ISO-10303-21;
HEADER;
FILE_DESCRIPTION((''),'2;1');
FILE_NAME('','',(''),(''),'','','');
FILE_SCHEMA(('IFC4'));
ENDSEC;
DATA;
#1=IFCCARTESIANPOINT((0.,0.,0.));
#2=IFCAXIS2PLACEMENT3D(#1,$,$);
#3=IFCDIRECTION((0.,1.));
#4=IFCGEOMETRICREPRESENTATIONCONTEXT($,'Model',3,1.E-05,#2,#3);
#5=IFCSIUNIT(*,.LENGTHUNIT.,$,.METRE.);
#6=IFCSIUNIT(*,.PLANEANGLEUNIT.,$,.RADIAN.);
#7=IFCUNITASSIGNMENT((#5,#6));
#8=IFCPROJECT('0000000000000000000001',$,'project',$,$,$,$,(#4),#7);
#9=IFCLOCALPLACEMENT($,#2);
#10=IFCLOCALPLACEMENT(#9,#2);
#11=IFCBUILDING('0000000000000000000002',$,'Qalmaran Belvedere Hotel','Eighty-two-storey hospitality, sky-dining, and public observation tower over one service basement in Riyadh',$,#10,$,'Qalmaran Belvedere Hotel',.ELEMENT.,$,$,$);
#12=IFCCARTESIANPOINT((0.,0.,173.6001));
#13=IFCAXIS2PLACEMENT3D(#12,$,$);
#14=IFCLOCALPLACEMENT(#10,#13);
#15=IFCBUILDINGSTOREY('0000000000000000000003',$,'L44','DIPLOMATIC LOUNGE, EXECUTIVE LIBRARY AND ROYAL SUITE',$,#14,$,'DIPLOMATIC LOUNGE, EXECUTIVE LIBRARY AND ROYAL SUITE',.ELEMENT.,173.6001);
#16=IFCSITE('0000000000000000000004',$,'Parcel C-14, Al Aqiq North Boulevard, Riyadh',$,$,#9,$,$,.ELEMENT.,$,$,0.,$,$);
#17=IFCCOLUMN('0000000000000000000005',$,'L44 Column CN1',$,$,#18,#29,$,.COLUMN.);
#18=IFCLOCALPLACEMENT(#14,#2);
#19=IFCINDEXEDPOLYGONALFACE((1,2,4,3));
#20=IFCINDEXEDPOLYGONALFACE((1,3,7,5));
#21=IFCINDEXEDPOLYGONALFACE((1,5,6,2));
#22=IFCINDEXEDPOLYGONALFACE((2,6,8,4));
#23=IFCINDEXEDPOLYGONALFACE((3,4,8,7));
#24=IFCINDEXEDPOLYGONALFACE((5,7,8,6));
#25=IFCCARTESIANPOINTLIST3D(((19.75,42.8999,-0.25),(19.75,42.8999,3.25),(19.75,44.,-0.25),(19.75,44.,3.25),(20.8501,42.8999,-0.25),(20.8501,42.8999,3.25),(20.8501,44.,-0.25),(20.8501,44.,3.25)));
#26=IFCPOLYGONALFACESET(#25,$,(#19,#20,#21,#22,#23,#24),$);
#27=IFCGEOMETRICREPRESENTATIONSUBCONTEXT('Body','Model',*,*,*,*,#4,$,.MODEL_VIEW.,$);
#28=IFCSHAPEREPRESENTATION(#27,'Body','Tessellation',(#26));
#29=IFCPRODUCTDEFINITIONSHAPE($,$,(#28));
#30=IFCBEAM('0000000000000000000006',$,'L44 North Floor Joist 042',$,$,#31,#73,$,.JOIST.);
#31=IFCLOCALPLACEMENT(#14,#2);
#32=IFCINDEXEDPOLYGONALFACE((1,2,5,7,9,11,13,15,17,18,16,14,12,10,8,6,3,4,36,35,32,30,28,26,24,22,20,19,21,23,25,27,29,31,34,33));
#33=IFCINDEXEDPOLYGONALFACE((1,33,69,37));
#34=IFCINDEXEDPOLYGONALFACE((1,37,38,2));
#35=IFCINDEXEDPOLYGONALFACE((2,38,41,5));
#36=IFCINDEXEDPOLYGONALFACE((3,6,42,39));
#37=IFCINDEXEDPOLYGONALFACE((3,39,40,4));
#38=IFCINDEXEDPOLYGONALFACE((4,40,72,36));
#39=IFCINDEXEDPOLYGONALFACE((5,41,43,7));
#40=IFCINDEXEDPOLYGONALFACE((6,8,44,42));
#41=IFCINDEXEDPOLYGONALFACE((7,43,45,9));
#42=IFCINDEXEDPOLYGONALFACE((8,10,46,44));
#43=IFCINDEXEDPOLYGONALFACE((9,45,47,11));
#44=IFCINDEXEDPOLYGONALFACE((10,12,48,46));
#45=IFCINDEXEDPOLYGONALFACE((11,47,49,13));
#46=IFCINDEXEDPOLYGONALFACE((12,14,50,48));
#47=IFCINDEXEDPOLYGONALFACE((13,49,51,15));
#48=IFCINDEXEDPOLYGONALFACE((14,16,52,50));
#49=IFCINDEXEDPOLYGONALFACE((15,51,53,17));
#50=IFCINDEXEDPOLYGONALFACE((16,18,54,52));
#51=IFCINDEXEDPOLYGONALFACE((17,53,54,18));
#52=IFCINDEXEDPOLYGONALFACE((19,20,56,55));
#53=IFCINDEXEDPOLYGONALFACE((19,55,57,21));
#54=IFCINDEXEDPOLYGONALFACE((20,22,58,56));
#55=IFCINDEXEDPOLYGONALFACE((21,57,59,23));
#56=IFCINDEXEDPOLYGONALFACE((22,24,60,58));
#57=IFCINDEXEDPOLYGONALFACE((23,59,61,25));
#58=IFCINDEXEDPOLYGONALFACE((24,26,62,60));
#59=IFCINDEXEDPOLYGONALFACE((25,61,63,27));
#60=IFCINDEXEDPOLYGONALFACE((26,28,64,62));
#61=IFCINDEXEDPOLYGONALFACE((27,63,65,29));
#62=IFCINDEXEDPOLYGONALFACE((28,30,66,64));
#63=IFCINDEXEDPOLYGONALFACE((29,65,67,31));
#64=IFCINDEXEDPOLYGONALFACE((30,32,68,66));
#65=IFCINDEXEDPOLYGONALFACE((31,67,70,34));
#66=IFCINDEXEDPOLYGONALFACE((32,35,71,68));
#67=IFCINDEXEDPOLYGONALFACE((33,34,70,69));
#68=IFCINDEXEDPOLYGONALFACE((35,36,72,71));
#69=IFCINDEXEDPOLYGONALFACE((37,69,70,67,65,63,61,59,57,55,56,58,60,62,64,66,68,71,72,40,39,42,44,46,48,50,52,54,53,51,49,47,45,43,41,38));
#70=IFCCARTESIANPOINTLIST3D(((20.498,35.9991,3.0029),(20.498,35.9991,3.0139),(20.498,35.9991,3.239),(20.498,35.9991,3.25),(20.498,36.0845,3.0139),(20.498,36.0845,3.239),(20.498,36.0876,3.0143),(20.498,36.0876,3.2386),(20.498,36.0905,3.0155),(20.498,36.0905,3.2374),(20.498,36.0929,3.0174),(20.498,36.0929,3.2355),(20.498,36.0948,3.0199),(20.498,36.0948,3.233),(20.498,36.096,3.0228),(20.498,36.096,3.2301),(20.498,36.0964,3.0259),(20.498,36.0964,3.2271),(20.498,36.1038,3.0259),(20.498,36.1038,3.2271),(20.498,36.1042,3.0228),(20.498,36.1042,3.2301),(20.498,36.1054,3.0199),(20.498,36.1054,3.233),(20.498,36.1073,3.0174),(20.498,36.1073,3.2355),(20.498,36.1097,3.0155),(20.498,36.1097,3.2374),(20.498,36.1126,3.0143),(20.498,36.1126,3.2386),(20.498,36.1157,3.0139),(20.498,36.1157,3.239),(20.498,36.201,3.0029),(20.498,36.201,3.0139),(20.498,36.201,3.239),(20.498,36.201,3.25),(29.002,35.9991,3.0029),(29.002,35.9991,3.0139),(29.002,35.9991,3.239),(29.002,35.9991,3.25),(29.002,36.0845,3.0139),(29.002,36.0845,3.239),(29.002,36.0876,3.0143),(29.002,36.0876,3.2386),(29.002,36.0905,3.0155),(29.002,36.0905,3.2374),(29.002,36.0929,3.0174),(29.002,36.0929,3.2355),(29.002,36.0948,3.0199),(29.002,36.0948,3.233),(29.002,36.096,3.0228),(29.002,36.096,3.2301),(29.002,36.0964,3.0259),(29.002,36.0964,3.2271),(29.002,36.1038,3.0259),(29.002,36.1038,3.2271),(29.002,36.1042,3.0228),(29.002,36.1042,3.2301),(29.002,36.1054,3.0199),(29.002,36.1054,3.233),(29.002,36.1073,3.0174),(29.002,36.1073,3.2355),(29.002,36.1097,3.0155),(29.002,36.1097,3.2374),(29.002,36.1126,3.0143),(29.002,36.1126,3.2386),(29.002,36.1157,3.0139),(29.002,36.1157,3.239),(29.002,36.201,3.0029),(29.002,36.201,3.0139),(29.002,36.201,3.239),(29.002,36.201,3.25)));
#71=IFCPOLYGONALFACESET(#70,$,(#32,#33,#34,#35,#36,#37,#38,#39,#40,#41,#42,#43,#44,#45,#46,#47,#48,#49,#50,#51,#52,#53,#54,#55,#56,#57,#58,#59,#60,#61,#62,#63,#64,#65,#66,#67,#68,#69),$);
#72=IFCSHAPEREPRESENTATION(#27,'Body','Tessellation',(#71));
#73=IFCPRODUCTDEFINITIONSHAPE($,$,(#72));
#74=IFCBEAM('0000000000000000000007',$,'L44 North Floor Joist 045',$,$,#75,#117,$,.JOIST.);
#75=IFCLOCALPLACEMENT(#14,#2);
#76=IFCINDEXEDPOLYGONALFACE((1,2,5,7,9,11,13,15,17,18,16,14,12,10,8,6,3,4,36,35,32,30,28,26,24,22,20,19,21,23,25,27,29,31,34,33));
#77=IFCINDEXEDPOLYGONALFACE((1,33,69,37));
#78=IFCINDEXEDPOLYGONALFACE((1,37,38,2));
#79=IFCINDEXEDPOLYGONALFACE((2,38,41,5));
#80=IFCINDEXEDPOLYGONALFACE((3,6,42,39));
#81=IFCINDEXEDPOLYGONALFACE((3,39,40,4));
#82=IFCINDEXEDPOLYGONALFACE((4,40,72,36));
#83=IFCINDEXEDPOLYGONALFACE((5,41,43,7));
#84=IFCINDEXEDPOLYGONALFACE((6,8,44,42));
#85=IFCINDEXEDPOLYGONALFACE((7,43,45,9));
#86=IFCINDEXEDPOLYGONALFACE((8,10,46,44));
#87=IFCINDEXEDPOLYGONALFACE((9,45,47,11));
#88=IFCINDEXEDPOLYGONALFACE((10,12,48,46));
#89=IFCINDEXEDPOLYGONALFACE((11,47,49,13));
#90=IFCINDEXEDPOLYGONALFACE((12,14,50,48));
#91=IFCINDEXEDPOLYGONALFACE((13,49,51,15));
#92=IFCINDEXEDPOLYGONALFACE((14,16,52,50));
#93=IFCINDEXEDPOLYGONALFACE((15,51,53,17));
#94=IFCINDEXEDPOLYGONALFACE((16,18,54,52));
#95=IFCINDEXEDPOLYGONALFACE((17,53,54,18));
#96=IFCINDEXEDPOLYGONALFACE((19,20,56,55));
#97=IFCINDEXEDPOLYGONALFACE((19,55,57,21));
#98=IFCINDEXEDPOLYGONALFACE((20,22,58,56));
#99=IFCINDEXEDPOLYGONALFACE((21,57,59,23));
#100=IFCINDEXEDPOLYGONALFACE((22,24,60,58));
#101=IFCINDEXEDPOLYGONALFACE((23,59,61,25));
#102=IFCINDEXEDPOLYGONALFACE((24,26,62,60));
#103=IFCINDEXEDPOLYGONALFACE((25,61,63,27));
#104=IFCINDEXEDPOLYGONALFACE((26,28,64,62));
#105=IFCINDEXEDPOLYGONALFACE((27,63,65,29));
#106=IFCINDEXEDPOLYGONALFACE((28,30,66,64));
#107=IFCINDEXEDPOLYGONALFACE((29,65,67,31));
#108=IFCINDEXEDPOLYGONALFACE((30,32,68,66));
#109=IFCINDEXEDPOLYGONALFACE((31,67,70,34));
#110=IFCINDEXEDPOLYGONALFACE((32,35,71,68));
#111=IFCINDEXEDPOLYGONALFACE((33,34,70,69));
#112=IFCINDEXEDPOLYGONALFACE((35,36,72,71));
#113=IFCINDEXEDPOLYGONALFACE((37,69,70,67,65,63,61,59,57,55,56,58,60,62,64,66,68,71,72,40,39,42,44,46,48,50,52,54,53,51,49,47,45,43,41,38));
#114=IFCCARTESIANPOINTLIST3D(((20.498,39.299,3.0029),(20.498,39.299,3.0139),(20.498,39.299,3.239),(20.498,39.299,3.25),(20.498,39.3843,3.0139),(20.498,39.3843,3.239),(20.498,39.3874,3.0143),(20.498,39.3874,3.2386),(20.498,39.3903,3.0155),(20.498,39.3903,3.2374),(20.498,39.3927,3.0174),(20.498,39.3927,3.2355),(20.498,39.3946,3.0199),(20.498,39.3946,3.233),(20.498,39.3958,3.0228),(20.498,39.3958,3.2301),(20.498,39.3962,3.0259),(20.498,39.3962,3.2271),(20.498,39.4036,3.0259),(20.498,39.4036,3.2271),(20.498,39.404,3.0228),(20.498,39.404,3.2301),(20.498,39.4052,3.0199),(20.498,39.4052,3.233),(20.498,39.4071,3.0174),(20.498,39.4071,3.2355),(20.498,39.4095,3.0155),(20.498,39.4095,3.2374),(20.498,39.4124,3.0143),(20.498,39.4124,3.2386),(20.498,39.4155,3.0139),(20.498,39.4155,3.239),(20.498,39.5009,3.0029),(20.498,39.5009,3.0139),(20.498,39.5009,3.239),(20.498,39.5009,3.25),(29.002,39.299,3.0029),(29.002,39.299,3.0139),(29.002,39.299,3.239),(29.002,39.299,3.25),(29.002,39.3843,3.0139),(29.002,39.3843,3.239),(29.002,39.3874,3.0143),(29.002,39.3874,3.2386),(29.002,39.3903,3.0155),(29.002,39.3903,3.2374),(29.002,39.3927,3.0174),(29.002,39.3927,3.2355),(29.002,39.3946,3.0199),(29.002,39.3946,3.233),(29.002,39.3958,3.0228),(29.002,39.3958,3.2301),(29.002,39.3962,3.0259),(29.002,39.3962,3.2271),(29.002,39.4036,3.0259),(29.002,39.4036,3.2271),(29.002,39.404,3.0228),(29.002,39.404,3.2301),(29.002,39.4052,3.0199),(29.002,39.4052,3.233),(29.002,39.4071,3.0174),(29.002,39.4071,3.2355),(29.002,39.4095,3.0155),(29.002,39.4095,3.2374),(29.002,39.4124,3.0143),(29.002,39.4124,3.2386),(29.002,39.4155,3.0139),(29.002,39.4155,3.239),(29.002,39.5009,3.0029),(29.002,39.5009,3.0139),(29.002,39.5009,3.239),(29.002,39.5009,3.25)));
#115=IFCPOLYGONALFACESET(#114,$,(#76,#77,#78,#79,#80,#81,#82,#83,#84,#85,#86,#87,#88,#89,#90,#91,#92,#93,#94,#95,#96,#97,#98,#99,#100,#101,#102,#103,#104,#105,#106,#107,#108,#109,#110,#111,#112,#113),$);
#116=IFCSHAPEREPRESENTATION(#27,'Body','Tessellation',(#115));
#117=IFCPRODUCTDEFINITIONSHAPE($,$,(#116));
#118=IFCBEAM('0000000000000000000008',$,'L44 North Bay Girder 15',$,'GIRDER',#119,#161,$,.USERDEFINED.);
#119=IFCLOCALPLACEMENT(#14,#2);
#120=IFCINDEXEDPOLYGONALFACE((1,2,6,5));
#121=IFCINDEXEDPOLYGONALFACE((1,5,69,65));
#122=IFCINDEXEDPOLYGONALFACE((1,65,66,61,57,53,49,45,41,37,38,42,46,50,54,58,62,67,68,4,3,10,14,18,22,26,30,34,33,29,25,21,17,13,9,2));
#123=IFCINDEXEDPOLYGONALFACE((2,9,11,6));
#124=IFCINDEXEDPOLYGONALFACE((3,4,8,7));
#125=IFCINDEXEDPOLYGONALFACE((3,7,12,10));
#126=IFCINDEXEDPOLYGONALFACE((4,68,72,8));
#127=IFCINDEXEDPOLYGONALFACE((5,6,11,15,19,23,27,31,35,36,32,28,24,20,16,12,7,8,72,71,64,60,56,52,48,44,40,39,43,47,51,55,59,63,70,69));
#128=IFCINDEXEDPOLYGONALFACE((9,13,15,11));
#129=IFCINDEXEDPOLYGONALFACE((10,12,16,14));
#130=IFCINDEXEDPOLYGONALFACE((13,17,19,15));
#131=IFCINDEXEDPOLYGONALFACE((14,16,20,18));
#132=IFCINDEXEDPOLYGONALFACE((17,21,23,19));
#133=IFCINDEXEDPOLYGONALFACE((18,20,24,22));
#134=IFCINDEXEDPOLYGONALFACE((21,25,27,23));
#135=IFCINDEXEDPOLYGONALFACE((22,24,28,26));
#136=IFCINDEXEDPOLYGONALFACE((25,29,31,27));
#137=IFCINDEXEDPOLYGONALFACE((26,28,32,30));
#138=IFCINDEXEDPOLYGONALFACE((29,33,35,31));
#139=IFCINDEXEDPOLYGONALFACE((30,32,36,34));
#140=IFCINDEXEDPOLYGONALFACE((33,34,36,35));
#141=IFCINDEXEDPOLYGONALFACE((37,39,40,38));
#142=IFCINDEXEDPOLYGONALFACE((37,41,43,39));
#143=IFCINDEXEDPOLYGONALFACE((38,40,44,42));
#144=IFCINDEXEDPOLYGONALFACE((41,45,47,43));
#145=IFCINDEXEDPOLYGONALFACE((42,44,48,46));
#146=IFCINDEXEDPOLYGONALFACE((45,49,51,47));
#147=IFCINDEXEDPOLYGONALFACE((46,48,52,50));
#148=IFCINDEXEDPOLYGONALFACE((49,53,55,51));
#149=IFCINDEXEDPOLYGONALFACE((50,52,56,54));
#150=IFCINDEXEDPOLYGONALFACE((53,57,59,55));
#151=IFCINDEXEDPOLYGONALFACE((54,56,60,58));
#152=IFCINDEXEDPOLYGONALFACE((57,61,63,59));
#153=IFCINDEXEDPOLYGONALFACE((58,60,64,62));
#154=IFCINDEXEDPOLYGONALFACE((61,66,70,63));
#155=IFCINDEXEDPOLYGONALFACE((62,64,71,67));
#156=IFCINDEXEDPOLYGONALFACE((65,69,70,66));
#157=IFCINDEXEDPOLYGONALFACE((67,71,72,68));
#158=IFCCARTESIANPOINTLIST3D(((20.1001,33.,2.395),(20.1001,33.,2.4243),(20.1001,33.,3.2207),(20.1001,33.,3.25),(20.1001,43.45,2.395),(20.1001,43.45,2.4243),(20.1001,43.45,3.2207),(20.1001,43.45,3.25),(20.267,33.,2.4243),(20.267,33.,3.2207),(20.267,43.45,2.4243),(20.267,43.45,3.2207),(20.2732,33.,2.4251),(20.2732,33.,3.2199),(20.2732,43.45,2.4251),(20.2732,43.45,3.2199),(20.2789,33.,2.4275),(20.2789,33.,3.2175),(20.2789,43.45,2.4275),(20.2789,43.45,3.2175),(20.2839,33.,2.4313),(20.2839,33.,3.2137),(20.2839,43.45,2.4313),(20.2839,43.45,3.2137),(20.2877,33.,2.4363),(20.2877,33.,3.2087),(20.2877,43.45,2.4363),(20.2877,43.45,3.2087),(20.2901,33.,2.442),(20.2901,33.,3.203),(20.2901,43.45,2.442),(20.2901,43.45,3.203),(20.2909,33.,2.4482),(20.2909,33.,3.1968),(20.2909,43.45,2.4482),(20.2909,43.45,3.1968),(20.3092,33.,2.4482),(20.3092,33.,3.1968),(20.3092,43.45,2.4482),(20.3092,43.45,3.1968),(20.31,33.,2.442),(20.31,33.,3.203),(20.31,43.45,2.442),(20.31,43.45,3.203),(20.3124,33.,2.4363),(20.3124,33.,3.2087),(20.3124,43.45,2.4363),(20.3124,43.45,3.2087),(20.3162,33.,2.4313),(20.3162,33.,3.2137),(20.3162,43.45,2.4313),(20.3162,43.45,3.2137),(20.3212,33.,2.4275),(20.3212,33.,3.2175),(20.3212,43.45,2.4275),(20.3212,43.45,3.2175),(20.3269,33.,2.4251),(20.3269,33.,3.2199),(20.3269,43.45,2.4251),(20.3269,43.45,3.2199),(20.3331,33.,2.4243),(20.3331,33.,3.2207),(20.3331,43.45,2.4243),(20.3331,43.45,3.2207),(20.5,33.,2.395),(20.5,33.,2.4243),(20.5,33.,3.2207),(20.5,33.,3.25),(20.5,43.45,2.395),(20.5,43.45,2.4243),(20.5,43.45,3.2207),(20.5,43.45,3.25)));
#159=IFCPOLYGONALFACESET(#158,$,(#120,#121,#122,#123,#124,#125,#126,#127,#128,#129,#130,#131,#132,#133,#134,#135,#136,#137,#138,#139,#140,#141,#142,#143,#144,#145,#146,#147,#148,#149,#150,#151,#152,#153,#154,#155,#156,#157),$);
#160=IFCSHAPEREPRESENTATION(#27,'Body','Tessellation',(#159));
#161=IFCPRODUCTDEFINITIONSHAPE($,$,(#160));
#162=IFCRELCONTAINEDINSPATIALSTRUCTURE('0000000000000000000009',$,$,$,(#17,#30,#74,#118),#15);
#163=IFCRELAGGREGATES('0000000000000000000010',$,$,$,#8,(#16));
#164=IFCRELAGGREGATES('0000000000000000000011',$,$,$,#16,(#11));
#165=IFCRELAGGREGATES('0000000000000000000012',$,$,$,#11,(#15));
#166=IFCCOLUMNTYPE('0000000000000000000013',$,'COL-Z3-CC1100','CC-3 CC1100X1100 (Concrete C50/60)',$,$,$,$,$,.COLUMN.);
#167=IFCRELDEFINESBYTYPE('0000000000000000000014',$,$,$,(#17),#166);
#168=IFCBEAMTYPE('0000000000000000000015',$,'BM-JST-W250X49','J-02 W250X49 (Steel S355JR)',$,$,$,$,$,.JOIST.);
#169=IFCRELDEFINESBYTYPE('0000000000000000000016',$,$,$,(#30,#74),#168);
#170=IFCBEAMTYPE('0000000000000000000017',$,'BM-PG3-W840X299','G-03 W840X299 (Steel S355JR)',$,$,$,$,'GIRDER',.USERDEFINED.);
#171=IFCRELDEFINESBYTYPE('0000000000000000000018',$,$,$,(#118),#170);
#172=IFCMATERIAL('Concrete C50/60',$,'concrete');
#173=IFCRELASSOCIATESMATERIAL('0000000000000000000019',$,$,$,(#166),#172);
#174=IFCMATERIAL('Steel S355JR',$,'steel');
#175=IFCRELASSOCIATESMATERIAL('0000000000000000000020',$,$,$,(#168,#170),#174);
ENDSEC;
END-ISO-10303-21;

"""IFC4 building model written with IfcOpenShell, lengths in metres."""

from ifc_helpers import new_model, si_unit, direction, frame, origin, origin_2d, place, context, subcontext, project, spatial, rectangle, i_section, extrude, material, material_profile, profile_set, type_object, element, save


model = new_model("IFC4")

# Units and contexts
model_context = context("Model", 3, precision=1e-05, world=origin(), true_north=direction((0.0, 1.0)))
body_context = subcontext(model_context, "Body", "Model", "MODEL_VIEW")
ifc_project = project(units=[si_unit("LENGTHUNIT", "METRE"), si_unit("PLANEANGLEUNIT", "RADIAN")], contexts=[model_context])

# Site, building, storey
site_placement = place(None, origin())
site = spatial("IfcSite", under=ifc_project, at=site_placement, Name="Parcel C-14, Al Aqiq North Boulevard, Riyadh", CompositionType="ELEMENT", RefElevation=0.0)
building_placement = place(site_placement, origin())
building = spatial("IfcBuilding", under=site, at=building_placement, Name="Qalmaran Belvedere Hotel", Description="Eighty-two-storey hospitality, sky-dining, and public observation tower over one service basement in Riyadh", LongName="Qalmaran Belvedere Hotel", CompositionType="ELEMENT")
storey_placement = place(building_placement, frame((0.0, 0.0, 173.6001)))
storey = spatial("IfcBuildingStorey", under=building, at=storey_placement, Name="L44", Description="DIPLOMATIC LOUNGE, EXECUTIVE LIBRARY AND ROYAL SUITE", LongName="DIPLOMATIC LOUNGE, EXECUTIVE LIBRARY AND ROYAL SUITE", CompositionType="ELEMENT", Elevation=173.6001)

# Column
ifc_material_1 = material(Name="Concrete C50/60", Category="concrete")
ifc_material_profile_1 = material_profile(ifc_material_1, rectangle(XDim=1.1001, YDim=1.1001, at=origin_2d()), Name="CC1100X1100")
ifc_profile_set_1 = profile_set([ifc_material_profile_1], Name="Concrete C50/60")
column_type = type_object("IfcColumnType", Name="COL-Z3-CC1100", Description="CC-3 CC1100X1100 (Concrete C50/60)", PredefinedType="COLUMN", material=ifc_profile_set_1)
column_placement = place(storey_placement, frame((20.3, 43.45, -0.25), z_axis=(0.0, 0.0, 1.0), x_axis=(1.0, 0.0, 0.0)))
element("IfcColumn", 1, at=column_placement, inside=storey, type_object=column_type, Name="L44 Column CN1", PredefinedType="COLUMN", context=body_context, shape_type="SweptSolid", body=[
    extrude(rectangle(XDim=1.1001, YDim=1.1001, at=origin_2d()), origin(), (0.0, 0.0, 1.0), 3.5),
])

# Beams
ifc_material_2 = material(Name="Steel S355JR", Category="steel")
ifc_material_profile_2 = material_profile(ifc_material_2, i_section(OverallWidth=0.2019, OverallDepth=0.2471, WebThickness=0.0073, FlangeThickness=0.011, FilletRadius=0.012, at=origin_2d()), Name="W250X49")
ifc_profile_set_2 = profile_set([ifc_material_profile_2], Name="Steel S355JR")
beam_type_1 = type_object("IfcBeamType", Name="BM-JST-W250X49", Description="J-02 W250X49 (Steel S355JR)", PredefinedType="JOIST", material=ifc_profile_set_2)
for number, where, z_axis, x_axis, name in (
    (2, (20.498, 36.1001, 3.1265), (1.0, 0.0, 0.0), (0.0, 1.0, 0.0), "L44 North Floor Joist 042"),
    (3, (20.498, 39.3999, 3.1265), (1.0, 0.0, 0.0), (0.0, 1.0, 0.0), "L44 North Floor Joist 045"),
):
    element("IfcBeam", number, at=place(storey_placement, frame(where, z_axis=z_axis, x_axis=x_axis)), inside=storey, type_object=beam_type_1, Name=name, PredefinedType="JOIST", context=body_context, shape_type="SweptSolid", body=[
        extrude(i_section(OverallWidth=0.2019, OverallDepth=0.2471, WebThickness=0.0073, FlangeThickness=0.011, FilletRadius=0.012, at=origin_2d()), origin(), (0.0, 0.0, 1.0), 8.5039),
    ])
ifc_material_profile_3 = material_profile(ifc_material_2, i_section(OverallWidth=0.3999, OverallDepth=0.855, WebThickness=0.0183, FlangeThickness=0.0293, FilletRadius=0.0239, at=origin_2d()), Name="W840X299")
ifc_profile_set_3 = profile_set([ifc_material_profile_3], Name="Steel S355JR")
beam_type_2 = type_object("IfcBeamType", Name="BM-PG3-W840X299", Description="G-03 W840X299 (Steel S355JR)", ElementType="GIRDER", PredefinedType="USERDEFINED", material=ifc_profile_set_3)
beam_1_placement = place(storey_placement, frame((20.3, 33.0, 2.8225), z_axis=(0.0, 1.0, 0.0), x_axis=(-1.0, 0.0, 0.0)))
element("IfcBeam", 4, at=beam_1_placement, inside=storey, type_object=beam_type_2, Name="L44 North Bay Girder 15", ObjectType="GIRDER", PredefinedType="USERDEFINED", context=body_context, shape_type="SweptSolid", body=[
    extrude(i_section(OverallWidth=0.3999, OverallDepth=0.855, WebThickness=0.0183, FlangeThickness=0.0293, FilletRadius=0.0239, at=origin_2d()), origin(), (0.0, 0.0, 1.0), 10.45),
])

save(model, "model.ifc")
